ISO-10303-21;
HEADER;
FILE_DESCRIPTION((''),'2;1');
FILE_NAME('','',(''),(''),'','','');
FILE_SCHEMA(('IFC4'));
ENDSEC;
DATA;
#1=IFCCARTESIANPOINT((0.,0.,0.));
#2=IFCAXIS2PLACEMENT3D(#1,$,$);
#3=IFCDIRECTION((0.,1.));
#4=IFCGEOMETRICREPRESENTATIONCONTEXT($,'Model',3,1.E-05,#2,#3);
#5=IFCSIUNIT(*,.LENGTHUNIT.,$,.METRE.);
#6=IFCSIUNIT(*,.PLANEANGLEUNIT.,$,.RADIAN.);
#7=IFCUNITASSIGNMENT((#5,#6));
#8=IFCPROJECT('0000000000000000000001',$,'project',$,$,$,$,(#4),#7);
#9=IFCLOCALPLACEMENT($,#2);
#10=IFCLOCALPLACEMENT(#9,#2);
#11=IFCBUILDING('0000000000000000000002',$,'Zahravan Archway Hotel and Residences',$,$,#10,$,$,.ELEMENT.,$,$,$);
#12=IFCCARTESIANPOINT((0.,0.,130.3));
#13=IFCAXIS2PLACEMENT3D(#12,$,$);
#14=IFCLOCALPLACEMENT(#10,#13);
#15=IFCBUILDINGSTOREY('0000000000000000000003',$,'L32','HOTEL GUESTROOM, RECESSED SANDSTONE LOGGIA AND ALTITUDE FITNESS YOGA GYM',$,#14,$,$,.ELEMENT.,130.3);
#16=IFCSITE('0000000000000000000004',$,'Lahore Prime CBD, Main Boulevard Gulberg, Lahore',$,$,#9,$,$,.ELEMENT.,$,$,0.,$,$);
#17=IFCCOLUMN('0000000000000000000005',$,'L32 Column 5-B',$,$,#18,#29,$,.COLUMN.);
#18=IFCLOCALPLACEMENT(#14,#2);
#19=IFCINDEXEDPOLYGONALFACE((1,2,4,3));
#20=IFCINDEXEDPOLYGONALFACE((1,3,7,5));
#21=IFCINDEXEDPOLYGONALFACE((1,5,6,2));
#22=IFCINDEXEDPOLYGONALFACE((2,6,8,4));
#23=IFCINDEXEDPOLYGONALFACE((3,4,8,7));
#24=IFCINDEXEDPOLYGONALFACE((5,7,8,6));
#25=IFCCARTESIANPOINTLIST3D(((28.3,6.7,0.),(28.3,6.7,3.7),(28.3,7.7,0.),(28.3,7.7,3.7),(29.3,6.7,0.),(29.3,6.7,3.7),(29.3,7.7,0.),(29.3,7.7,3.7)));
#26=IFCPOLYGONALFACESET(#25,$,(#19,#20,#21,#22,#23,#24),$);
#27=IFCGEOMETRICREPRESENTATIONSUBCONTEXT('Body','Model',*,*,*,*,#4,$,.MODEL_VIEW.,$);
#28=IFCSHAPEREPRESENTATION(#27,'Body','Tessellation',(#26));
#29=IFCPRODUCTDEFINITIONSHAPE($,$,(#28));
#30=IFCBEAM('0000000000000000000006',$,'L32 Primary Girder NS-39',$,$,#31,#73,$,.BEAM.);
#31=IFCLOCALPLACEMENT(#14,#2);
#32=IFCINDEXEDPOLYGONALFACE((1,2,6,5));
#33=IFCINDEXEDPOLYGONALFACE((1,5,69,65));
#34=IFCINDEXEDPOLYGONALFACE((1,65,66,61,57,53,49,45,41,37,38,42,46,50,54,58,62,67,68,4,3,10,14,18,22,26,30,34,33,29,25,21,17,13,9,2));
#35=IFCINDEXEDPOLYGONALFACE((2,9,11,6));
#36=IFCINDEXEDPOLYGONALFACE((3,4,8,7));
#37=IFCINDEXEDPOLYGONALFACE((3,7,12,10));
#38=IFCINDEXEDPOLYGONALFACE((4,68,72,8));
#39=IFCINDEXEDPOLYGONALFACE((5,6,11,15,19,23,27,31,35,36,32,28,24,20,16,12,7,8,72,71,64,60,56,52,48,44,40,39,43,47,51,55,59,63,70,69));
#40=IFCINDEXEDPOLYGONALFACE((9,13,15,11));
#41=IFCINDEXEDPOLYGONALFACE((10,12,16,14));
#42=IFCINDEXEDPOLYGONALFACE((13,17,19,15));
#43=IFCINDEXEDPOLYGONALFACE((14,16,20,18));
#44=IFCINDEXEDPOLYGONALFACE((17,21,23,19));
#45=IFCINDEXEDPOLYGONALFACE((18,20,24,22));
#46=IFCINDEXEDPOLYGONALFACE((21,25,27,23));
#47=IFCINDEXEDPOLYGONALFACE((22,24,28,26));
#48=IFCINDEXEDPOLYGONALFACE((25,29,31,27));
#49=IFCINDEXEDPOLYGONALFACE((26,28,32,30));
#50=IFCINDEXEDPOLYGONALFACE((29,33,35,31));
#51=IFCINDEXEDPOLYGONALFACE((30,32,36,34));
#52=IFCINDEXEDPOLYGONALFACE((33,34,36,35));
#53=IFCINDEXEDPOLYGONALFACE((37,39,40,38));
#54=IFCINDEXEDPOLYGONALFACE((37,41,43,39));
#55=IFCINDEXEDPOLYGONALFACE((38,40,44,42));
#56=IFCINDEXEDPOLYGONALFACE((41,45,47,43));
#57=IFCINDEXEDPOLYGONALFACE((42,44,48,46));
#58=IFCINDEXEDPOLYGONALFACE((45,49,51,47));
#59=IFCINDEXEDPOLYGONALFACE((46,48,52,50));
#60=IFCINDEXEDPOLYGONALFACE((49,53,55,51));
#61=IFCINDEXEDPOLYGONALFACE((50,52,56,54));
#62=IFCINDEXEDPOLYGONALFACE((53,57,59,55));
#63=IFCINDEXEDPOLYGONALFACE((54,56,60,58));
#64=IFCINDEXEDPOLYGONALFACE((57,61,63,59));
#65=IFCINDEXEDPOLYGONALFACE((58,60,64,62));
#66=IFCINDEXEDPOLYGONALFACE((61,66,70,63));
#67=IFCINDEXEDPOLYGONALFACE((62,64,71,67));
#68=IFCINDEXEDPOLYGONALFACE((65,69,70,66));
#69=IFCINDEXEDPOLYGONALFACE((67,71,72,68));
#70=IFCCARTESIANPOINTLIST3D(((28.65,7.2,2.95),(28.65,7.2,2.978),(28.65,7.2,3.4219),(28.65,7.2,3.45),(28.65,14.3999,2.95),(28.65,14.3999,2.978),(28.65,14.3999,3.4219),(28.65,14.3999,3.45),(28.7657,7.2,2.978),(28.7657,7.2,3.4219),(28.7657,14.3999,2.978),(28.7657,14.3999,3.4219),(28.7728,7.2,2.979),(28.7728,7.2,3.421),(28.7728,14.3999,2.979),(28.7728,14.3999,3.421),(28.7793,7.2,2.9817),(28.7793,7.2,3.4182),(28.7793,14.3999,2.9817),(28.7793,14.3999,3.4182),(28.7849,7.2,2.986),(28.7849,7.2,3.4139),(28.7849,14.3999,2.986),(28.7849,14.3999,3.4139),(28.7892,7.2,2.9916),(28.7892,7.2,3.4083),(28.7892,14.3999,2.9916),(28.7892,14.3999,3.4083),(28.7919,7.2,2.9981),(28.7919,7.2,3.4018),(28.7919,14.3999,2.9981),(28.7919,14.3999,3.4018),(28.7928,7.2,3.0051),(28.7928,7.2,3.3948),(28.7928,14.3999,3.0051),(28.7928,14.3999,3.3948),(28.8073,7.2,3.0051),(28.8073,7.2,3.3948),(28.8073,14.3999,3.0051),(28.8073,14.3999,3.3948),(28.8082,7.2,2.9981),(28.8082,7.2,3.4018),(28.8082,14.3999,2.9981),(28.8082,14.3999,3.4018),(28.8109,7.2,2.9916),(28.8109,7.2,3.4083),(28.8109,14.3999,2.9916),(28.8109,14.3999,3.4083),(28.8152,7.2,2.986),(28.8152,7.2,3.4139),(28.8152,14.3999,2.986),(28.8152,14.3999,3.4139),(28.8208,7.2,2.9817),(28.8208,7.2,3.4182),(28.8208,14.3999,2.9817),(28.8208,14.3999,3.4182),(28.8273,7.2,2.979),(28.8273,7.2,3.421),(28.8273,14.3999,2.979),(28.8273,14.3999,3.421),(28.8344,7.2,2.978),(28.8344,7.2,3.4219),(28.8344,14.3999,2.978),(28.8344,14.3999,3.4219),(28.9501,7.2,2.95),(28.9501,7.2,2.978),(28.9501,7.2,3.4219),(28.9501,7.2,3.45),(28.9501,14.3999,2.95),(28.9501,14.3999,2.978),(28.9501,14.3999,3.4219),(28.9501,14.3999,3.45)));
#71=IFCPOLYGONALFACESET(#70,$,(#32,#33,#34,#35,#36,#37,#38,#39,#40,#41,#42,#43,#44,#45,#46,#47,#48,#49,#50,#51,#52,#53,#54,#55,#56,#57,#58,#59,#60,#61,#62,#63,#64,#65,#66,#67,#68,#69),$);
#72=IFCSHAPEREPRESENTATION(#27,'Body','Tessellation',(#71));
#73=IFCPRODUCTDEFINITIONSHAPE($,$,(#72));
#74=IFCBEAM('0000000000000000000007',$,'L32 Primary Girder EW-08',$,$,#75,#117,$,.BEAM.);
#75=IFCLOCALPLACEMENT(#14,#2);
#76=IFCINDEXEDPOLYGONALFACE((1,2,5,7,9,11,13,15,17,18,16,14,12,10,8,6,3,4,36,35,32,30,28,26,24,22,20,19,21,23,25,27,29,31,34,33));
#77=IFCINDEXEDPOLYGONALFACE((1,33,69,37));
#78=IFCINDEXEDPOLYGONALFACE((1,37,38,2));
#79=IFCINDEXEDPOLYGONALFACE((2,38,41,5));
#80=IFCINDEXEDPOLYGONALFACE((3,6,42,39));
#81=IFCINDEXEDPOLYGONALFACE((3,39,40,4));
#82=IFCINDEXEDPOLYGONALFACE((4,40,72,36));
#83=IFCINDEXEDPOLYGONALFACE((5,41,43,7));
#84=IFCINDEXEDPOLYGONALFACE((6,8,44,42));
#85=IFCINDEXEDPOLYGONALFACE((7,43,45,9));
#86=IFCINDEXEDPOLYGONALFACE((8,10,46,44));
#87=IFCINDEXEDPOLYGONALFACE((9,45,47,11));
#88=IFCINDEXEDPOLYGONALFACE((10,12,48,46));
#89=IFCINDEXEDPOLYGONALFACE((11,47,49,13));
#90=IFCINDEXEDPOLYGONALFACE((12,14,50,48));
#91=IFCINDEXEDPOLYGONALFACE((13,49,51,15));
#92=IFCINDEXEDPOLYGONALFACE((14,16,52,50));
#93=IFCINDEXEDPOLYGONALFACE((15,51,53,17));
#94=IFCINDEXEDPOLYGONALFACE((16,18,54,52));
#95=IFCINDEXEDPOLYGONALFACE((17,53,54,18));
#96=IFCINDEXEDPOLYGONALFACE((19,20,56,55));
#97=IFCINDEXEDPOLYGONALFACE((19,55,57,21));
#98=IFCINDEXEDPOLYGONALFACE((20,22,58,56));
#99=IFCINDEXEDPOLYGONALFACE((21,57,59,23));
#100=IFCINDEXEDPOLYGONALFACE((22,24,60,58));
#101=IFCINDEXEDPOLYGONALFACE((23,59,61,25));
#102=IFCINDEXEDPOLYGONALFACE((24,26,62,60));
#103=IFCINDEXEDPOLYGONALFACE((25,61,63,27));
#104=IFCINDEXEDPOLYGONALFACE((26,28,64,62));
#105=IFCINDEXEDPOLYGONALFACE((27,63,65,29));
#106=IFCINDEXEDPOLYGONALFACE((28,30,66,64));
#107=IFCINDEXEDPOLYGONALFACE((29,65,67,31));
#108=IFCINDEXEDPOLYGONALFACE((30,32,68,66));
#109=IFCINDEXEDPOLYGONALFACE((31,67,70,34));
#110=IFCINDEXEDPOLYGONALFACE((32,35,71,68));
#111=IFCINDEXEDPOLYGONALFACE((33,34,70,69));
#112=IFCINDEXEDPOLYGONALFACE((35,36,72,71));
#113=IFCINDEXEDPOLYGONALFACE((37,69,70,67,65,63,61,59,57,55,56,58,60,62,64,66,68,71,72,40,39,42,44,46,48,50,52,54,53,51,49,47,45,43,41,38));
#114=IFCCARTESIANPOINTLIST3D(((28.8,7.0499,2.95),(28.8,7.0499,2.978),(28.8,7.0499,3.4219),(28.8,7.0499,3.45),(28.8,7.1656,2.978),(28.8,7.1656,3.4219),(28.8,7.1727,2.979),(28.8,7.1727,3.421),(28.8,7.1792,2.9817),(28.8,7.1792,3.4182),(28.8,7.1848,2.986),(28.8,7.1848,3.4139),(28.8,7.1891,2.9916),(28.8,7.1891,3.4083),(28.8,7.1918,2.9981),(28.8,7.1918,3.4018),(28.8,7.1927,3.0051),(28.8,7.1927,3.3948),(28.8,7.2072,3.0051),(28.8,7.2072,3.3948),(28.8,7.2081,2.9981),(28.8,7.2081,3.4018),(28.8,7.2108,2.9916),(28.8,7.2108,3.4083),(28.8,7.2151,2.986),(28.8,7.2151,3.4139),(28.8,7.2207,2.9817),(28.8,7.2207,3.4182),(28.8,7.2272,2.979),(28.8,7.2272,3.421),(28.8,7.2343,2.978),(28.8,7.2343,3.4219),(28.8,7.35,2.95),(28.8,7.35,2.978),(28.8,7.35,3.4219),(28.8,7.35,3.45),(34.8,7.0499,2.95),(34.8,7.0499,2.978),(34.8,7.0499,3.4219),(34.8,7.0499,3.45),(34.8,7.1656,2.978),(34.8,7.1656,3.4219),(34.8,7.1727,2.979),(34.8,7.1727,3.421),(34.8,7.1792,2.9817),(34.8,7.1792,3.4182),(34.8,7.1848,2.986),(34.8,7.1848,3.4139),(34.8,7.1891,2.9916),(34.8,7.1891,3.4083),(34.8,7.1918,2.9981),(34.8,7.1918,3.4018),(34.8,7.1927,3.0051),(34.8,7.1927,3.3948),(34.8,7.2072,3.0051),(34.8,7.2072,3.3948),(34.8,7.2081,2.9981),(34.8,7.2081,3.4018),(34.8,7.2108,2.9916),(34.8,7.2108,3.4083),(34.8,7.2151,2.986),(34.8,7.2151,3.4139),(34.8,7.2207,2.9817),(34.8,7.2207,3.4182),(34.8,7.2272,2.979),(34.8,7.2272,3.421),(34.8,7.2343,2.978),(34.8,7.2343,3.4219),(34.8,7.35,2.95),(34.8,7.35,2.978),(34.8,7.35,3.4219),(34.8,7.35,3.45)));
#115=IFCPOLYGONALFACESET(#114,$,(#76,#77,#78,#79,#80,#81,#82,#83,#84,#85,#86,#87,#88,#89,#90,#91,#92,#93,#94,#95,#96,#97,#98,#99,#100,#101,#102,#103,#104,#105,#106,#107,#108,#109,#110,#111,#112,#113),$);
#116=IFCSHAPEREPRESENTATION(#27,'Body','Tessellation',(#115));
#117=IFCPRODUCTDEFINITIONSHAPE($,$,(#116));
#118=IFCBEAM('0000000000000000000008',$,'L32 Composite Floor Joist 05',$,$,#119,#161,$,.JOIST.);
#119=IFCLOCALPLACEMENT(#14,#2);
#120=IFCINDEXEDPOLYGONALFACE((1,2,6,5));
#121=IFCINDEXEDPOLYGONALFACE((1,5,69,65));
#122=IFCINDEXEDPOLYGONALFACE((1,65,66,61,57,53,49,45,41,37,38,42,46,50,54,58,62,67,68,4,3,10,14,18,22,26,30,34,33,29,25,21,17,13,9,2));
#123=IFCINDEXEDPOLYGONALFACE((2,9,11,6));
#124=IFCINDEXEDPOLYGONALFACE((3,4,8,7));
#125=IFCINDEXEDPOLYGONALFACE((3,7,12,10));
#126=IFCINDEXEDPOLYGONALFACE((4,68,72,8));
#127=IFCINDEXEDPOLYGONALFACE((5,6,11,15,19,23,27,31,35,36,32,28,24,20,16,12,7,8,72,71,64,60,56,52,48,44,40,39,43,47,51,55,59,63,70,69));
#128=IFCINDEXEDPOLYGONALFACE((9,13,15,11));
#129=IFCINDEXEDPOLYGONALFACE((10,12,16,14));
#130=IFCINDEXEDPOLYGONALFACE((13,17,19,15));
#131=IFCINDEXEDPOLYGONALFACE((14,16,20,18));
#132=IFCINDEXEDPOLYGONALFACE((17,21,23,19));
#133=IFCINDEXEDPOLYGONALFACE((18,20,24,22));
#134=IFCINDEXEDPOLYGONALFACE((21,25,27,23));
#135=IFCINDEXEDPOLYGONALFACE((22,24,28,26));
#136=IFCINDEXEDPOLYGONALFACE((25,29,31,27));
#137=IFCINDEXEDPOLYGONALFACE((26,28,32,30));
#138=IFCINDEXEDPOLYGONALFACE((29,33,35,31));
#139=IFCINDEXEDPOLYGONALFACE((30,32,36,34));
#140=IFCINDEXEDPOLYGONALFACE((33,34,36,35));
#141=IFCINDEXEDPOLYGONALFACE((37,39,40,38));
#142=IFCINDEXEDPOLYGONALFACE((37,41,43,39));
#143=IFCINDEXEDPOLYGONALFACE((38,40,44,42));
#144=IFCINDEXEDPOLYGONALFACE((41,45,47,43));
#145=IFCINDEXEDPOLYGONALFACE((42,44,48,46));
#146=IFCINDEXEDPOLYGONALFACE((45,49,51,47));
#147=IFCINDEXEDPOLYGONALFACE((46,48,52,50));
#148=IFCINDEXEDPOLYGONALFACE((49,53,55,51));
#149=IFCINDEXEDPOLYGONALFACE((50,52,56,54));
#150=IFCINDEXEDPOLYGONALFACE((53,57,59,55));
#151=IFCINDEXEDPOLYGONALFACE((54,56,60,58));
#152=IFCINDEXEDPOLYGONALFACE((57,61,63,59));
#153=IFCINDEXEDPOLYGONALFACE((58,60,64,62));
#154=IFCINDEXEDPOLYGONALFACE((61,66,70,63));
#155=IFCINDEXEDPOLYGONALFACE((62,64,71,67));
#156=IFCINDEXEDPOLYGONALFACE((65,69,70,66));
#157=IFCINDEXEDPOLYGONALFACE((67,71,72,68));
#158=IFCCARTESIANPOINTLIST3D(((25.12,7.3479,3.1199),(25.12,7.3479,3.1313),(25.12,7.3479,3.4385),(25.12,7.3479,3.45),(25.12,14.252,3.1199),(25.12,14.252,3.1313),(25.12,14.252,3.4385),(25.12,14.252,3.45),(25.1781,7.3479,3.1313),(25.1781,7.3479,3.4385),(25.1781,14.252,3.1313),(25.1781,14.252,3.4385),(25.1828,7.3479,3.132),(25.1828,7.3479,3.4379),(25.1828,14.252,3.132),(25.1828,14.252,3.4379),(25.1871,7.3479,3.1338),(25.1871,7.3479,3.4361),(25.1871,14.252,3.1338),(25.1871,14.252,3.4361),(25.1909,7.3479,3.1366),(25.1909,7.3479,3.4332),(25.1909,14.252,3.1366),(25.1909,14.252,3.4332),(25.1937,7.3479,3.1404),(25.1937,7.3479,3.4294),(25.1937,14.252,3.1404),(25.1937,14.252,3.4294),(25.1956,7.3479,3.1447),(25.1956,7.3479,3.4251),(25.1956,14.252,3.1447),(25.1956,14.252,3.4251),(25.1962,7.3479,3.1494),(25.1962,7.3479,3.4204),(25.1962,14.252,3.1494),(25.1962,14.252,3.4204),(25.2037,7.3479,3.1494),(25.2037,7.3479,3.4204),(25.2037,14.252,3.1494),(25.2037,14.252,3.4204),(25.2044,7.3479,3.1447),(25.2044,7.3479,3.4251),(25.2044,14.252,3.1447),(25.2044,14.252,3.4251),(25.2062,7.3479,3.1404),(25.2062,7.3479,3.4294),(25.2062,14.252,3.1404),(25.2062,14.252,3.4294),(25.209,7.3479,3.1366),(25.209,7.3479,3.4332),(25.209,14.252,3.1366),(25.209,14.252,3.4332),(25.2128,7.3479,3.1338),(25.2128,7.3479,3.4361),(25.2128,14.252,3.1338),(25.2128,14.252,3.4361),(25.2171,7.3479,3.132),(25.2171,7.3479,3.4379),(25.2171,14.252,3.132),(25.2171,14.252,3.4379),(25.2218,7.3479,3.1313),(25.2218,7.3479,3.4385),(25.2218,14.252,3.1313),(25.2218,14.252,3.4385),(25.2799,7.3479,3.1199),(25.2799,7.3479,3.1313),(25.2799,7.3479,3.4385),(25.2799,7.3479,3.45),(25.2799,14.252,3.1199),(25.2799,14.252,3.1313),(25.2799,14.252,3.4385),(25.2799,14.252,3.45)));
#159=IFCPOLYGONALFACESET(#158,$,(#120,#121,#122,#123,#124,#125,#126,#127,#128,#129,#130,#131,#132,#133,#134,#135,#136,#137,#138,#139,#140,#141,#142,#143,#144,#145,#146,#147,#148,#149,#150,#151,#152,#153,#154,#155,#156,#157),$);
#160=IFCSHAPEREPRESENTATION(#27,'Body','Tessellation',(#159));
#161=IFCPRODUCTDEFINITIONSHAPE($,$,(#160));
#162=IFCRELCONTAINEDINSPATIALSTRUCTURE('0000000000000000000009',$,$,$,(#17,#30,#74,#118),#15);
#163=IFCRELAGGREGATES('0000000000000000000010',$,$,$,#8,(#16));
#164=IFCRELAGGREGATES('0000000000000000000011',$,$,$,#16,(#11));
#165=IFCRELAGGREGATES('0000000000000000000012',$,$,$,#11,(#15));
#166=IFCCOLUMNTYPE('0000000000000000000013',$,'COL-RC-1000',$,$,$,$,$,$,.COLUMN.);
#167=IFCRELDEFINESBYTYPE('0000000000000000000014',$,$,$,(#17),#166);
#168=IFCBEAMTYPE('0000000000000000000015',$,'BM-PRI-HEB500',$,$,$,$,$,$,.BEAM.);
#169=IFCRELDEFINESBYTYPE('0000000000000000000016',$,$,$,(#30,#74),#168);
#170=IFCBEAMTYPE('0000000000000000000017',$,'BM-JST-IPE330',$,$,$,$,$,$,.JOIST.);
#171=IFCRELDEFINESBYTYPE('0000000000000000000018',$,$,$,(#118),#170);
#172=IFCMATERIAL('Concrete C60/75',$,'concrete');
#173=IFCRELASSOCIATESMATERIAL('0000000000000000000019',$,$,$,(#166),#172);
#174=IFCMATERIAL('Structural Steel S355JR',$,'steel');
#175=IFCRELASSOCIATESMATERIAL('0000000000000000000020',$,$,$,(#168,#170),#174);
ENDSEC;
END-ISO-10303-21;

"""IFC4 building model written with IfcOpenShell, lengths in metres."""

from ifc_helpers import new_model, si_unit, direction, frame, origin, origin_2d, place, context, subcontext, project, spatial, rectangle, i_section, extrude, source, transform, mapped, material, material_profile, profile_set, type_object, type_shapes, element, save


model = new_model("IFC4")

# Units and contexts
model_context = context("Model", 3, precision=1e-05, world=origin(), true_north=direction((0.0, 1.0)))
body_context = subcontext(model_context, "Body", "Model", "MODEL_VIEW")
ifc_project = project(units=[si_unit("LENGTHUNIT", "METRE"), si_unit("PLANEANGLEUNIT", "RADIAN")], contexts=[model_context])

# Site, building, storey
site_placement = place(None, origin())
site = spatial("IfcSite", under=ifc_project, at=site_placement, Name="Lahore Prime CBD, Main Boulevard Gulberg, Lahore", CompositionType="ELEMENT", RefElevation=0.0)
building_placement = place(site_placement, origin())
building = spatial("IfcBuilding", under=site, at=building_placement, Name="Zahravan Archway Hotel and Residences", CompositionType="ELEMENT")
storey_placement = place(building_placement, frame((0.0, 0.0, 130.3)))
storey = spatial("IfcBuildingStorey", under=building, at=storey_placement, Name="L32", Description="HOTEL GUESTROOM, RECESSED SANDSTONE LOGGIA AND ALTITUDE FITNESS YOGA GYM", CompositionType="ELEMENT", Elevation=130.3)

# Column
ifc_material_1 = material(Name="Concrete C60/75", Category="concrete")
ifc_material_profile_1 = material_profile(ifc_material_1, rectangle(XDim=1.0, YDim=1.0, at=origin_2d()), Name="RC-COL-1000x1000", Category="concrete")
ifc_profile_set_1 = profile_set([ifc_material_profile_1], Name="Concrete C60/75")
column_type = type_object("IfcColumnType", Name="COL-RC-1000", PredefinedType="COLUMN", material=ifc_profile_set_1)
shared_shape_1 = source(origin(), body_context, "Body", "SweptSolid", [
    extrude(rectangle(XDim=1.0, YDim=1.0, at=origin_2d()), origin(), (0.0, 0.0, 1.0), 3.7),
])
type_shapes(column_type, [shared_shape_1])
column_placement = place(storey_placement, frame((28.8, 7.2, 0.0), z_axis=(0.0, 0.0, 1.0), x_axis=(1.0, 0.0, 0.0)))
element("IfcColumn", 1, at=column_placement, inside=storey, type_object=column_type, Name="L32 Column 5-B", PredefinedType="COLUMN", context=body_context, shape_type="MappedRepresentation", body=[
    mapped(shared_shape_1, transform((0.0, 0.0, 0.0), scale=1.0)),
])

# Beams
ifc_material_2 = material(Name="Structural Steel S355JR", Category="steel")
ifc_material_profile_2 = material_profile(ifc_material_2, i_section(OverallWidth=0.3, OverallDepth=0.5, WebThickness=0.0144, FlangeThickness=0.0281, FilletRadius=0.0271, at=origin_2d()), Name="HEB 500", Category="steel")
ifc_profile_set_2 = profile_set([ifc_material_profile_2], Name="Structural Steel S355JR")
beam_type_1 = type_object("IfcBeamType", Name="BM-PRI-HEB500", PredefinedType="BEAM", material=ifc_profile_set_2)
shared_shape_2 = source(origin(), body_context, "Body", "SweptSolid", [
    extrude(i_section(OverallWidth=0.3, OverallDepth=0.5, WebThickness=0.0144, FlangeThickness=0.0281, FilletRadius=0.0271, at=origin_2d()), origin(), (0.0, 0.0, 1.0), 7.2),
])
beam_1_placement = place(storey_placement, frame((28.8, 7.2, 3.2), z_axis=(0.0, 1.0, 0.0), x_axis=(-1.0, 0.0, 0.0)))
element("IfcBeam", 2, at=beam_1_placement, inside=storey, type_object=beam_type_1, Name="L32 Primary Girder NS-39", PredefinedType="BEAM", context=body_context, shape_type="MappedRepresentation", body=[
    mapped(shared_shape_2, transform((0.0, 0.0, 0.0), scale=1.0)),
])
shared_shape_3 = source(origin(), body_context, "Body", "SweptSolid", [
    extrude(i_section(OverallWidth=0.3, OverallDepth=0.5, WebThickness=0.0144, FlangeThickness=0.0281, FilletRadius=0.0271, at=origin_2d()), origin(), (0.0, 0.0, 1.0), 6.0),
])
beam_2_placement = place(storey_placement, frame((28.8, 7.2, 3.2), z_axis=(1.0, 0.0, 0.0), x_axis=(0.0, 1.0, 0.0)))
element("IfcBeam", 3, at=beam_2_placement, inside=storey, type_object=beam_type_1, Name="L32 Primary Girder EW-08", PredefinedType="BEAM", context=body_context, shape_type="MappedRepresentation", body=[
    mapped(shared_shape_3, transform((0.0, 0.0, 0.0), scale=1.0)),
])
ifc_material_profile_3 = material_profile(ifc_material_2, i_section(OverallWidth=0.1599, OverallDepth=0.3301, WebThickness=0.0076, FlangeThickness=0.0115, FilletRadius=0.0181, at=origin_2d()), Name="IPE 330", Category="steel")
ifc_profile_set_3 = profile_set([ifc_material_profile_3], Name="Structural Steel S355JR")
beam_type_2 = type_object("IfcBeamType", Name="BM-JST-IPE330", PredefinedType="JOIST", material=ifc_profile_set_3)
shared_shape_4 = source(origin(), body_context, "Body", "SweptSolid", [
    extrude(i_section(OverallWidth=0.1599, OverallDepth=0.3301, WebThickness=0.0076, FlangeThickness=0.0115, FilletRadius=0.0181, at=origin_2d()), origin(), (0.0, 0.0, 1.0), 6.9041),
])
type_shapes(beam_type_2, [shared_shape_4])
beam_3_placement = place(storey_placement, frame((25.2, 7.3479, 3.2849), z_axis=(0.0, 1.0, 0.0), x_axis=(-1.0, 0.0, 0.0)))
element("IfcBeam", 4, at=beam_3_placement, inside=storey, type_object=beam_type_2, Name="L32 Composite Floor Joist 05", PredefinedType="JOIST", context=body_context, shape_type="MappedRepresentation", body=[
    mapped(shared_shape_4, transform((0.0, 0.0, 0.0), scale=1.0)),
])

save(model, "model.ifc")
